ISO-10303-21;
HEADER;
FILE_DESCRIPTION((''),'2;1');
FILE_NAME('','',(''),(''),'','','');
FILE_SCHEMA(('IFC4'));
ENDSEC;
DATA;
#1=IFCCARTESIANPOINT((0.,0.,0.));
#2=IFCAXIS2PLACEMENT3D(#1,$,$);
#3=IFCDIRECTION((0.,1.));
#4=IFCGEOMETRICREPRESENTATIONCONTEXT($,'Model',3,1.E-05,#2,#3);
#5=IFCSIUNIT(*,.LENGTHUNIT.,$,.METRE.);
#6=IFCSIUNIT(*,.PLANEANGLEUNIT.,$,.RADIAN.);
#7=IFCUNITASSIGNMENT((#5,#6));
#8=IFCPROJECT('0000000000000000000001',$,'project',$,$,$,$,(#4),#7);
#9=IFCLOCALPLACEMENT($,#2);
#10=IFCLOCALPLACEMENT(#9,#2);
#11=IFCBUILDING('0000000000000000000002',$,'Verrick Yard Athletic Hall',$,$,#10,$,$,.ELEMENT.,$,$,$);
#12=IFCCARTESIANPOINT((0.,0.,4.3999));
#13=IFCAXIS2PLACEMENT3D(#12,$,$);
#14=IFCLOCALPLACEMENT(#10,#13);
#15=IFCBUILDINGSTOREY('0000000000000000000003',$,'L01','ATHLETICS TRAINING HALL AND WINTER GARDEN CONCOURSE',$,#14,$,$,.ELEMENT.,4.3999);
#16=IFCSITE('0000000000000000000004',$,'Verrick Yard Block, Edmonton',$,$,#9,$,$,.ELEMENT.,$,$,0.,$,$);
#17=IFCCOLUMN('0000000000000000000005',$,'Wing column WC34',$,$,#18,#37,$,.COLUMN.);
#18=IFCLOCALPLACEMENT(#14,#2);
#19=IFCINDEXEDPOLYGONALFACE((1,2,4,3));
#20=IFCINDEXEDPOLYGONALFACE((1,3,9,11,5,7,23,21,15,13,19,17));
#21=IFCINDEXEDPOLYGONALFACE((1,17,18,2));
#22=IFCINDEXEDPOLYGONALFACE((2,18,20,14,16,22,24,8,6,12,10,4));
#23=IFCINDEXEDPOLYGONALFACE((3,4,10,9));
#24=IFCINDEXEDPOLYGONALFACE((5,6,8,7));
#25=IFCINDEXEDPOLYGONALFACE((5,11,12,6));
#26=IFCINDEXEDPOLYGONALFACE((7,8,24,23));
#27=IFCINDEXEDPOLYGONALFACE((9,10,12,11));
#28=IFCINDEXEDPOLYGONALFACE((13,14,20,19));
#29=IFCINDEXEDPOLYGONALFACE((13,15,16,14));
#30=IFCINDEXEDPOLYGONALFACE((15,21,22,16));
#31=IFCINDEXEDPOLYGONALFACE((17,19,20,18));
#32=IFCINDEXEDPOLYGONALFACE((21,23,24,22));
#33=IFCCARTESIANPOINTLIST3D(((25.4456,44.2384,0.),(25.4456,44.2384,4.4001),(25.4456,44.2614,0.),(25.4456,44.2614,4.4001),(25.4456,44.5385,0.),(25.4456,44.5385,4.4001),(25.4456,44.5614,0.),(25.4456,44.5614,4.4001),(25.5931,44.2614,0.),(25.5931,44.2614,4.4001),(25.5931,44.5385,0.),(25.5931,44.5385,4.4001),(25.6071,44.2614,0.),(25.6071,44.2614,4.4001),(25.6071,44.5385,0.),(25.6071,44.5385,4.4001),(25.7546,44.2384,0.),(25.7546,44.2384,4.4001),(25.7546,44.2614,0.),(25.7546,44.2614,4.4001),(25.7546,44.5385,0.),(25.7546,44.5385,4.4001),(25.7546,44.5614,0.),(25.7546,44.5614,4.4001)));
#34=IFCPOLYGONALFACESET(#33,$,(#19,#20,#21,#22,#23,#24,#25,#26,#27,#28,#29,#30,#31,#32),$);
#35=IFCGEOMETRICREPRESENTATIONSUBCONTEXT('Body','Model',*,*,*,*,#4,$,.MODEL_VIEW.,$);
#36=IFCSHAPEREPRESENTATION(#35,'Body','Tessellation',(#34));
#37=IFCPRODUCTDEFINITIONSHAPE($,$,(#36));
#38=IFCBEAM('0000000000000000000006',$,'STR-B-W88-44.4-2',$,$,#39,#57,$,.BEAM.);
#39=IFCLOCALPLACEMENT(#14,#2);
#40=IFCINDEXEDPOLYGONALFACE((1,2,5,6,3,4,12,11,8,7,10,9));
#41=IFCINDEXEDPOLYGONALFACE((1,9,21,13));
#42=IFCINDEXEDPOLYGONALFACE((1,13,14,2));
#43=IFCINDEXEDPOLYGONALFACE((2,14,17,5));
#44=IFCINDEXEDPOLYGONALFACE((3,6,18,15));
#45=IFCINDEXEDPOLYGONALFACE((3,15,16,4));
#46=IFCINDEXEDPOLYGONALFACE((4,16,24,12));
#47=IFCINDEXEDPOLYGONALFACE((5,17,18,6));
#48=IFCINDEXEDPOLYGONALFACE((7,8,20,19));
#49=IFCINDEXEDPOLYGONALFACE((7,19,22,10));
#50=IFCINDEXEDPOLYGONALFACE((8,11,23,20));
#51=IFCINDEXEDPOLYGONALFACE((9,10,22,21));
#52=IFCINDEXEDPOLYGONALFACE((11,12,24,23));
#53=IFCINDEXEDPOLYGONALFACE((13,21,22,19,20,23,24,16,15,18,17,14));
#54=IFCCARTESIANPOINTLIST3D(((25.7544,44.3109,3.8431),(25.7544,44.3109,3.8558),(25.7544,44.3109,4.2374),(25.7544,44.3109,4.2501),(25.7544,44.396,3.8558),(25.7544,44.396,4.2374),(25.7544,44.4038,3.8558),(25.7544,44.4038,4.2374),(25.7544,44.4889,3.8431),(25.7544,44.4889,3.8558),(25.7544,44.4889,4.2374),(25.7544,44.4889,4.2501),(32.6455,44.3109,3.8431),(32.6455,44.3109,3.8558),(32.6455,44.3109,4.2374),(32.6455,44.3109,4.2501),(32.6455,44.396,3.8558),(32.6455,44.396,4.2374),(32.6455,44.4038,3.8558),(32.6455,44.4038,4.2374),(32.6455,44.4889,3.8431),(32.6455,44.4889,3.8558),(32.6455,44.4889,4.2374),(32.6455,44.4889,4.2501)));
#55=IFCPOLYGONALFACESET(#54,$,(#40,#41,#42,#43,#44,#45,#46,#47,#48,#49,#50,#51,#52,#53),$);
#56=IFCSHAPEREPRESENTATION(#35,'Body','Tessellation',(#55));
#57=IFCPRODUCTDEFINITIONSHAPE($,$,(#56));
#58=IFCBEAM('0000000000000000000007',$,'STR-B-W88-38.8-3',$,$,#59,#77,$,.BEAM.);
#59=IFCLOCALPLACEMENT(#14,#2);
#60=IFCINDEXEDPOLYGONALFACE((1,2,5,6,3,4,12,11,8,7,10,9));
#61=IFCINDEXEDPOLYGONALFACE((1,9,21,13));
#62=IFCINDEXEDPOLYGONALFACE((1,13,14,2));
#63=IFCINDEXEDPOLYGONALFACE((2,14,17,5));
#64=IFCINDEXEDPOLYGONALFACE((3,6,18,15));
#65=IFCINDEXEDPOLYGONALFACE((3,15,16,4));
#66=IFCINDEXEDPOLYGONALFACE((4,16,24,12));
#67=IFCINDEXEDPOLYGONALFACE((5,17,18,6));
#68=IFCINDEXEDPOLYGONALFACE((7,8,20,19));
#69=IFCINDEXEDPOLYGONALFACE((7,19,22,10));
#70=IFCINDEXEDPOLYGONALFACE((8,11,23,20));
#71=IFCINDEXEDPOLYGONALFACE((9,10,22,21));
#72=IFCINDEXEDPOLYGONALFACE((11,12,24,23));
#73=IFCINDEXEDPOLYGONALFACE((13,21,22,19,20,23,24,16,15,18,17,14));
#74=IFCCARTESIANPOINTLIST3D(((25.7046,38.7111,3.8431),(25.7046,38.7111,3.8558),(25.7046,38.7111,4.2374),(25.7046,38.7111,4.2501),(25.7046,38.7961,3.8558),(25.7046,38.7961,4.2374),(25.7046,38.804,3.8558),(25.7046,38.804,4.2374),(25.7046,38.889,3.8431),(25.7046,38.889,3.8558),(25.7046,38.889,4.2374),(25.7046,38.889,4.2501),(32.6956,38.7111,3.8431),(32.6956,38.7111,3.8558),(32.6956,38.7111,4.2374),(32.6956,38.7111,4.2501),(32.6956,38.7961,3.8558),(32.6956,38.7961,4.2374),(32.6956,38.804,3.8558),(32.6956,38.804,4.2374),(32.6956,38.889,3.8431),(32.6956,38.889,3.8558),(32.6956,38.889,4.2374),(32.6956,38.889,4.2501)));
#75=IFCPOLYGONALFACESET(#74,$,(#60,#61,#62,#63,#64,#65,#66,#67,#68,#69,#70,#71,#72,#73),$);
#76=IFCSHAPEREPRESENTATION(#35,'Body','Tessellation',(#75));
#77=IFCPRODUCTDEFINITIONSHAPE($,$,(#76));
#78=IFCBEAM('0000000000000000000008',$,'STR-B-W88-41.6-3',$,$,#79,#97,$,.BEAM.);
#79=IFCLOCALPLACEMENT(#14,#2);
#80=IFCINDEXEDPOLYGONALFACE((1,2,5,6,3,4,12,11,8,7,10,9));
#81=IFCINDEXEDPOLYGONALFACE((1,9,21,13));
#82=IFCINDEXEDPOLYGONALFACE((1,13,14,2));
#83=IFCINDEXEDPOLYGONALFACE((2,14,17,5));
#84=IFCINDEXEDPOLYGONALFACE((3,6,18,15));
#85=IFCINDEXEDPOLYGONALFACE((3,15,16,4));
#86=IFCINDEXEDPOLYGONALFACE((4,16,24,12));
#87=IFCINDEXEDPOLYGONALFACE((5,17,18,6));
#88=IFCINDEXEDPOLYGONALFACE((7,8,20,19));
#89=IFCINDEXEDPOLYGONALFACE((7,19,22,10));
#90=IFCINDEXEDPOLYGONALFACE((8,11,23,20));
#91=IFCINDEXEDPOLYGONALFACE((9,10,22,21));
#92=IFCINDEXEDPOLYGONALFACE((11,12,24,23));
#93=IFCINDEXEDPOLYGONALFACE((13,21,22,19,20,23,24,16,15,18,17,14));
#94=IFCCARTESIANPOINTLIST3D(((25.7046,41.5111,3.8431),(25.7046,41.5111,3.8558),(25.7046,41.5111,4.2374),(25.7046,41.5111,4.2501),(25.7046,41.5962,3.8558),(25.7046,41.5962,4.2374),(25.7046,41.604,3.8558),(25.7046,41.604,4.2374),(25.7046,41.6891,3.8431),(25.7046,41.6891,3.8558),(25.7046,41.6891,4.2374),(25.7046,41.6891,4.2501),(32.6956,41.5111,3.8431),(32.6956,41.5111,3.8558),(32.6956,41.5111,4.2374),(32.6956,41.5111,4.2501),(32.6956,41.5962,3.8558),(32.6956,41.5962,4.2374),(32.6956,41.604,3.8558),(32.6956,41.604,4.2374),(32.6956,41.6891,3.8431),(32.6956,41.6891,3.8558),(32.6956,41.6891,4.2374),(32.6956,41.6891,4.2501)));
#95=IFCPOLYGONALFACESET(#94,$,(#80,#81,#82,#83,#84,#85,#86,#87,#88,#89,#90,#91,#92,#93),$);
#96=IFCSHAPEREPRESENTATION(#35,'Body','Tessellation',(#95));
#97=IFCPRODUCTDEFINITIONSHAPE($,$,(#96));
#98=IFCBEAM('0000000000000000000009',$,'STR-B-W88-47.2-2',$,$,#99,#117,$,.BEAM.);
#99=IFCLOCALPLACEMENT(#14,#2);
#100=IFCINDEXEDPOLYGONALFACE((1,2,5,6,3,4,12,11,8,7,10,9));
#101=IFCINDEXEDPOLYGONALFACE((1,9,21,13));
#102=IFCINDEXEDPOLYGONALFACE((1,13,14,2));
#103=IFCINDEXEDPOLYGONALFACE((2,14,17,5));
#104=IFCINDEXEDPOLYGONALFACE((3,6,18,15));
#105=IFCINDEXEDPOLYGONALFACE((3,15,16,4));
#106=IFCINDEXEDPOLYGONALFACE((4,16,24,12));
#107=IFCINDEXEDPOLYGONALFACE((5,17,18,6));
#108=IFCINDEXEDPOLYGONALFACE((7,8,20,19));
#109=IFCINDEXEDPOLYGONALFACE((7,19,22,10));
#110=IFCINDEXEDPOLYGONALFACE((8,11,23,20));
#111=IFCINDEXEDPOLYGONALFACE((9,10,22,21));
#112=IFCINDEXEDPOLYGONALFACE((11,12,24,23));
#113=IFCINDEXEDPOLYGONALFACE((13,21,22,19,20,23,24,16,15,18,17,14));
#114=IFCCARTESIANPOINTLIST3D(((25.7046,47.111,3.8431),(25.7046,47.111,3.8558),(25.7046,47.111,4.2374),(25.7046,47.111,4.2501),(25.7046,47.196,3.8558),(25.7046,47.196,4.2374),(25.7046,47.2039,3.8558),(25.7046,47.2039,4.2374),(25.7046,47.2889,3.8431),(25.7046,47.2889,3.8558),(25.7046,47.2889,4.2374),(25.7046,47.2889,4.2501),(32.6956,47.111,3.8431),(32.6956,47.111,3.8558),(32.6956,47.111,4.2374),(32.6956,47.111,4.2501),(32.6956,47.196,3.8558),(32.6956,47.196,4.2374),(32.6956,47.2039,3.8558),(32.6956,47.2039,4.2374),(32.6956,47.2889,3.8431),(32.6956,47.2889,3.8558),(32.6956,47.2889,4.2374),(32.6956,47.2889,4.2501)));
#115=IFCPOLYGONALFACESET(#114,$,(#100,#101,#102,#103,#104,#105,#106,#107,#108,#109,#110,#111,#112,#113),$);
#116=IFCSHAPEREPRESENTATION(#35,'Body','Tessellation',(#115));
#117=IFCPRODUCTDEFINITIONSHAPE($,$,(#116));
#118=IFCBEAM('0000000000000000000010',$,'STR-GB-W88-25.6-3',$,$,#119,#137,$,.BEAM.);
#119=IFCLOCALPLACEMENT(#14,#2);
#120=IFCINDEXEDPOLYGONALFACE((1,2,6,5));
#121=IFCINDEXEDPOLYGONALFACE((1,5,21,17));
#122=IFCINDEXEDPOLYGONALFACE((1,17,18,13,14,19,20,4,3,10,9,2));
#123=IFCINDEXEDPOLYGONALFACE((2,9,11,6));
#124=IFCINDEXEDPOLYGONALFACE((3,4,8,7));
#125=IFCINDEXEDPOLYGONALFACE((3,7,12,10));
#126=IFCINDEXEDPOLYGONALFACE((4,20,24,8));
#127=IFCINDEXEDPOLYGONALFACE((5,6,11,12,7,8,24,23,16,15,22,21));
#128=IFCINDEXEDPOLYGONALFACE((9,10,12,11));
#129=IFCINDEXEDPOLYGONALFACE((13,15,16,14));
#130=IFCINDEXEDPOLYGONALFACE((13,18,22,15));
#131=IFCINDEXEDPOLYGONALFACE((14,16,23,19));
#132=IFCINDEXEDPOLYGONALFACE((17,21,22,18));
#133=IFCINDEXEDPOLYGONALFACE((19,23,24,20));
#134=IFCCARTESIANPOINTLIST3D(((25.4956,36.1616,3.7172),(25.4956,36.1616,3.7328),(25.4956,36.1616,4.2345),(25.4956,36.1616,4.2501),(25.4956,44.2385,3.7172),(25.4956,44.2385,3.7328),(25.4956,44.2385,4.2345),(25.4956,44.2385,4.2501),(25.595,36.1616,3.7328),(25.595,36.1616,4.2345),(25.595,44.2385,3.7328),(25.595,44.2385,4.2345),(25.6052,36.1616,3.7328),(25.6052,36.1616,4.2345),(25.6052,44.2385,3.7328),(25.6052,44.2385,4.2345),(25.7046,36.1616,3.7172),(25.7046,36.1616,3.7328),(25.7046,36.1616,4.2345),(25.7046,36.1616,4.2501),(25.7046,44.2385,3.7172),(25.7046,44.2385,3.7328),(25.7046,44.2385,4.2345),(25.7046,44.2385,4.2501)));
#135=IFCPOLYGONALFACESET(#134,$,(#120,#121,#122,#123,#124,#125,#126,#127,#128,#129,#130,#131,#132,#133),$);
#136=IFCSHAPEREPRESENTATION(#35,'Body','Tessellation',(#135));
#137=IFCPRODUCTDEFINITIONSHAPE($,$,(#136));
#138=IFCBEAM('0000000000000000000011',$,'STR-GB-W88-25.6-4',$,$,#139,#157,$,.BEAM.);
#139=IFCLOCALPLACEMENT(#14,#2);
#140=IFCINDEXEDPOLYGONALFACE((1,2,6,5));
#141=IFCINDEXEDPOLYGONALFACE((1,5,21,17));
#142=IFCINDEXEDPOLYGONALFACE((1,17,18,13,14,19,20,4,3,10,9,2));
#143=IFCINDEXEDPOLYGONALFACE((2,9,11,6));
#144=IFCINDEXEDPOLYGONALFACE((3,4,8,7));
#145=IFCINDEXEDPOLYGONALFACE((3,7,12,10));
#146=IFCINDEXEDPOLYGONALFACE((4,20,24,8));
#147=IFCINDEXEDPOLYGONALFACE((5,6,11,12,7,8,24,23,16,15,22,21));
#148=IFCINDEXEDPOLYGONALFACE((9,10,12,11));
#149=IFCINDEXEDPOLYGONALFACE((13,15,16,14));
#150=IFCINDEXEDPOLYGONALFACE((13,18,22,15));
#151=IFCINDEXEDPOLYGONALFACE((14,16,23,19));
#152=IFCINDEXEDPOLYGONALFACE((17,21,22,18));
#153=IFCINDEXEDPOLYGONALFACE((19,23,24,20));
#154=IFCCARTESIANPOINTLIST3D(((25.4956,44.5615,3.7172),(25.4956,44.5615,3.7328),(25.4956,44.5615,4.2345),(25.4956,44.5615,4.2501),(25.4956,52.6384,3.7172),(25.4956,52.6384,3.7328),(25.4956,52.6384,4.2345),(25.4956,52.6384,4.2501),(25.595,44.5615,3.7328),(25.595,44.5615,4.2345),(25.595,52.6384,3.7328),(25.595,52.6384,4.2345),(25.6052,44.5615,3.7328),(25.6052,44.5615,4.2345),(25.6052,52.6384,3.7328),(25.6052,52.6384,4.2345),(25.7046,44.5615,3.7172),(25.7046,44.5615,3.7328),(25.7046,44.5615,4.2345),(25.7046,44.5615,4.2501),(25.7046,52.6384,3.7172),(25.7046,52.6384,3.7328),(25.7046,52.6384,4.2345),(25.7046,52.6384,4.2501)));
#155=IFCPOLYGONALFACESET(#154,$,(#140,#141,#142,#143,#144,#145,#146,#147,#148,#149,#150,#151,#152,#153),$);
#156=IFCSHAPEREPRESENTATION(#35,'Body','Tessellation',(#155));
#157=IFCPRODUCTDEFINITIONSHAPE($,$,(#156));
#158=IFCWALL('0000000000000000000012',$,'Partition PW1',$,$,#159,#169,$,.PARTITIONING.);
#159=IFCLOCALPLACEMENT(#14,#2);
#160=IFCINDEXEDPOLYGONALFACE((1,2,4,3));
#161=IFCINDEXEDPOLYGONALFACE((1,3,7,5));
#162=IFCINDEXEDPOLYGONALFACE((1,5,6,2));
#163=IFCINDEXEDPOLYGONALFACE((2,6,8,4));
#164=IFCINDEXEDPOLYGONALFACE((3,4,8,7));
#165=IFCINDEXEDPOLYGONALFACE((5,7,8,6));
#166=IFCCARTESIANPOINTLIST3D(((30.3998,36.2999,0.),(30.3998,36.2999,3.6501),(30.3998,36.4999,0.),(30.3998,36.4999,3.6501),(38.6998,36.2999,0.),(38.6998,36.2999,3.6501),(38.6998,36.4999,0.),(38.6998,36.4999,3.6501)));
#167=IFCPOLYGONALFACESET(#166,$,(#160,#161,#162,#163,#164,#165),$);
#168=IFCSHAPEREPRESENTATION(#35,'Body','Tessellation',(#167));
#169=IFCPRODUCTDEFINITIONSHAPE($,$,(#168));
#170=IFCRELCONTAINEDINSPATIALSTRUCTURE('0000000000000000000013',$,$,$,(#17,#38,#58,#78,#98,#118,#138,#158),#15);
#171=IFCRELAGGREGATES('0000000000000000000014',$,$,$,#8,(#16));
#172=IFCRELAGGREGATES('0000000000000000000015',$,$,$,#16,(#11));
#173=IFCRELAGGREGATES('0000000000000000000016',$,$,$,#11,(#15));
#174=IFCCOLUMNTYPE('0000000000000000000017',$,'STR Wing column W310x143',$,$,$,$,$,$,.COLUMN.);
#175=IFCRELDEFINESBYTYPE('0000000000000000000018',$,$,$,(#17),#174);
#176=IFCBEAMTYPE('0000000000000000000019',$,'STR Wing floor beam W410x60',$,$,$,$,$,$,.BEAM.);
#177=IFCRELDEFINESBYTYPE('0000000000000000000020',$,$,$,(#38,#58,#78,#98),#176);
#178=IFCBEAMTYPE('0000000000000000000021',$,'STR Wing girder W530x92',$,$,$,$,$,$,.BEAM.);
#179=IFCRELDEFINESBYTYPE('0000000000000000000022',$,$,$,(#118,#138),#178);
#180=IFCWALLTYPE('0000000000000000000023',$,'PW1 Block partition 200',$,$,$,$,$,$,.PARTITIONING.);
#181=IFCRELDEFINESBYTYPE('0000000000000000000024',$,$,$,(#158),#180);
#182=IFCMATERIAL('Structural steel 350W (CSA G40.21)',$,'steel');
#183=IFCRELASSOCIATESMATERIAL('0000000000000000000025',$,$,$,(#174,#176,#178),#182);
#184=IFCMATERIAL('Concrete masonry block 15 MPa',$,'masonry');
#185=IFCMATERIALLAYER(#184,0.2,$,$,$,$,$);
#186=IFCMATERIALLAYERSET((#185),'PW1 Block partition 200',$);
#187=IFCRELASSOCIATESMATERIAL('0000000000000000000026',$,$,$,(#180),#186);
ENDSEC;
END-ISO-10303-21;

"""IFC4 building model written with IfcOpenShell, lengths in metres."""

from ifc_helpers import new_model, si_unit, direction, frame, frame_2d, origin, origin_2d, place, context, subcontext, project, spatial, rectangle, i_section, extrude, material, layer, layer_set, material_profile, profile_set, type_object, element, save


model = new_model("IFC4")

# Units and contexts
model_context = context("Model", 3, precision=1e-05, world=origin(), true_north=direction((0.0, 1.0)))
body_context = subcontext(model_context, "Body", "Model", "MODEL_VIEW")
ifc_project = project(units=[si_unit("LENGTHUNIT", "METRE"), si_unit("PLANEANGLEUNIT", "RADIAN")], contexts=[model_context])

# Site, building, storey
site_placement = place(None, origin())
site = spatial("IfcSite", under=ifc_project, at=site_placement, Name="Verrick Yard Block, Edmonton", CompositionType="ELEMENT", RefElevation=0.0)
building_placement = place(site_placement, origin())
building = spatial("IfcBuilding", under=site, at=building_placement, Name="Verrick Yard Athletic Hall", CompositionType="ELEMENT")
storey_placement = place(building_placement, frame((0.0, 0.0, 4.3999)))
storey = spatial("IfcBuildingStorey", under=building, at=storey_placement, Name="L01", Description="ATHLETICS TRAINING HALL AND WINTER GARDEN CONCOURSE", CompositionType="ELEMENT", Elevation=4.3999)

# Column
ifc_material_1 = material(Name="Structural steel 350W (CSA G40.21)", Category="steel")
ifc_material_profile_1 = material_profile(ifc_material_1, i_section(OverallWidth=0.3091, OverallDepth=0.323, WebThickness=0.0139, FlangeThickness=0.0229, at=origin_2d()), Name="W310x143")
ifc_profile_set_1 = profile_set([ifc_material_profile_1], Name="Structural steel 350W (CSA G40.21)")
column_type = type_object("IfcColumnType", Name="STR Wing column W310x143", PredefinedType="COLUMN", material=ifc_profile_set_1)
column_placement = place(storey_placement, frame((25.6001, 44.3999, 0.0), z_axis=(0.0, 0.0, 1.0), x_axis=(1.0, 0.0, 0.0)))
element("IfcColumn", 1, at=column_placement, inside=storey, type_object=column_type, Name="Wing column WC34", PredefinedType="COLUMN", context=body_context, shape_type="SweptSolid", body=[
    extrude(i_section(OverallWidth=0.3091, OverallDepth=0.323, WebThickness=0.0139, FlangeThickness=0.0229, at=origin_2d()), origin(), (0.0, 0.0, 1.0), 4.4001),
])

# Beams
ifc_material_profile_2 = material_profile(ifc_material_1, i_section(OverallWidth=0.178, OverallDepth=0.407, WebThickness=0.0078, FlangeThickness=0.0127, at=origin_2d()), Name="W410x60")
ifc_profile_set_2 = profile_set([ifc_material_profile_2], Name="Structural steel 350W (CSA G40.21)")
beam_type_1 = type_object("IfcBeamType", Name="STR Wing floor beam W410x60", PredefinedType="BEAM", material=ifc_profile_set_2)
beam_placement = place(storey_placement, frame((25.7544, 44.3999, 4.0466), z_axis=(1.0, 0.0, 0.0), x_axis=(0.0, 1.0, 0.0)))
element("IfcBeam", 2, at=beam_placement, inside=storey, type_object=beam_type_1, Name="STR-B-W88-44.4-2", PredefinedType="BEAM", context=body_context, shape_type="SweptSolid", body=[
    extrude(i_section(OverallWidth=0.178, OverallDepth=0.407, WebThickness=0.0078, FlangeThickness=0.0127, at=origin_2d()), origin(), (0.0, 0.0, 1.0), 6.8911),
])
for number, where, z_axis, x_axis, name in (
    (3, (25.7046, 38.8, 4.0466), (1.0, 0.0, 0.0), (0.0, 1.0, 0.0), "STR-B-W88-38.8-3"),
    (4, (25.7046, 41.6001, 4.0466), (1.0, 0.0, 0.0), (0.0, 1.0, 0.0), "STR-B-W88-41.6-3"),
    (5, (25.7046, 47.2, 4.0466), (1.0, 0.0, 0.0), (0.0, 1.0, 0.0), "STR-B-W88-47.2-2"),
):
    element("IfcBeam", number, at=place(storey_placement, frame(where, z_axis=z_axis, x_axis=x_axis)), inside=storey, type_object=beam_type_1, Name=name, PredefinedType="BEAM", context=body_context, shape_type="SweptSolid", body=[
        extrude(i_section(OverallWidth=0.178, OverallDepth=0.407, WebThickness=0.0078, FlangeThickness=0.0127, at=origin_2d()), origin(), (0.0, 0.0, 1.0), 6.991),
    ])
ifc_material_profile_3 = material_profile(ifc_material_1, i_section(OverallWidth=0.209, OverallDepth=0.533, WebThickness=0.0103, FlangeThickness=0.0156, at=origin_2d()), Name="W530x92")
ifc_profile_set_3 = profile_set([ifc_material_profile_3], Name="Structural steel 350W (CSA G40.21)")
beam_type_2 = type_object("IfcBeamType", Name="STR Wing girder W530x92", PredefinedType="BEAM", material=ifc_profile_set_3)
for number, where, z_axis, x_axis, name in (
    (6, (25.6001, 36.1616, 3.9836), (0.0, 1.0, 0.0), (-1.0, 0.0, 0.0), "STR-GB-W88-25.6-3"),
    (7, (25.6001, 44.5615, 3.9836), (0.0, 1.0, 0.0), (-1.0, 0.0, 0.0), "STR-GB-W88-25.6-4"),
):
    element("IfcBeam", number, at=place(storey_placement, frame(where, z_axis=z_axis, x_axis=x_axis)), inside=storey, type_object=beam_type_2, Name=name, PredefinedType="BEAM", context=body_context, shape_type="SweptSolid", body=[
        extrude(i_section(OverallWidth=0.209, OverallDepth=0.533, WebThickness=0.0103, FlangeThickness=0.0156, at=origin_2d()), origin(), (0.0, 0.0, 1.0), 8.0769),
    ])

# Wall
ifc_material_2 = material(Name="Concrete masonry block 15 MPa", Category="masonry")
ifc_layer_1 = layer(ifc_material_2, 0.2)
ifc_layer_set_1 = layer_set([ifc_layer_1], Name="PW1 Block partition 200")
wall_type_1 = type_object("IfcWallType", Name="PW1 Block partition 200", PredefinedType="PARTITIONING", material=ifc_layer_set_1)
wall_1_placement = place(storey_placement, frame((30.3999, 36.3999, 0.0), z_axis=(0.0, 0.0, 1.0), x_axis=(1.0, 0.0, 0.0)))
element("IfcWall", 8, at=wall_1_placement, inside=storey, type_object=wall_type_1, Name="Partition PW1", PredefinedType="PARTITIONING", context=body_context, shape_type="SweptSolid", body=[
    extrude(rectangle(XDim=8.3, YDim=0.2, at=frame_2d((4.1499, 0.0))), origin(), (0.0, 0.0, 1.0), 3.6501),
])

save(model, "model.ifc")
